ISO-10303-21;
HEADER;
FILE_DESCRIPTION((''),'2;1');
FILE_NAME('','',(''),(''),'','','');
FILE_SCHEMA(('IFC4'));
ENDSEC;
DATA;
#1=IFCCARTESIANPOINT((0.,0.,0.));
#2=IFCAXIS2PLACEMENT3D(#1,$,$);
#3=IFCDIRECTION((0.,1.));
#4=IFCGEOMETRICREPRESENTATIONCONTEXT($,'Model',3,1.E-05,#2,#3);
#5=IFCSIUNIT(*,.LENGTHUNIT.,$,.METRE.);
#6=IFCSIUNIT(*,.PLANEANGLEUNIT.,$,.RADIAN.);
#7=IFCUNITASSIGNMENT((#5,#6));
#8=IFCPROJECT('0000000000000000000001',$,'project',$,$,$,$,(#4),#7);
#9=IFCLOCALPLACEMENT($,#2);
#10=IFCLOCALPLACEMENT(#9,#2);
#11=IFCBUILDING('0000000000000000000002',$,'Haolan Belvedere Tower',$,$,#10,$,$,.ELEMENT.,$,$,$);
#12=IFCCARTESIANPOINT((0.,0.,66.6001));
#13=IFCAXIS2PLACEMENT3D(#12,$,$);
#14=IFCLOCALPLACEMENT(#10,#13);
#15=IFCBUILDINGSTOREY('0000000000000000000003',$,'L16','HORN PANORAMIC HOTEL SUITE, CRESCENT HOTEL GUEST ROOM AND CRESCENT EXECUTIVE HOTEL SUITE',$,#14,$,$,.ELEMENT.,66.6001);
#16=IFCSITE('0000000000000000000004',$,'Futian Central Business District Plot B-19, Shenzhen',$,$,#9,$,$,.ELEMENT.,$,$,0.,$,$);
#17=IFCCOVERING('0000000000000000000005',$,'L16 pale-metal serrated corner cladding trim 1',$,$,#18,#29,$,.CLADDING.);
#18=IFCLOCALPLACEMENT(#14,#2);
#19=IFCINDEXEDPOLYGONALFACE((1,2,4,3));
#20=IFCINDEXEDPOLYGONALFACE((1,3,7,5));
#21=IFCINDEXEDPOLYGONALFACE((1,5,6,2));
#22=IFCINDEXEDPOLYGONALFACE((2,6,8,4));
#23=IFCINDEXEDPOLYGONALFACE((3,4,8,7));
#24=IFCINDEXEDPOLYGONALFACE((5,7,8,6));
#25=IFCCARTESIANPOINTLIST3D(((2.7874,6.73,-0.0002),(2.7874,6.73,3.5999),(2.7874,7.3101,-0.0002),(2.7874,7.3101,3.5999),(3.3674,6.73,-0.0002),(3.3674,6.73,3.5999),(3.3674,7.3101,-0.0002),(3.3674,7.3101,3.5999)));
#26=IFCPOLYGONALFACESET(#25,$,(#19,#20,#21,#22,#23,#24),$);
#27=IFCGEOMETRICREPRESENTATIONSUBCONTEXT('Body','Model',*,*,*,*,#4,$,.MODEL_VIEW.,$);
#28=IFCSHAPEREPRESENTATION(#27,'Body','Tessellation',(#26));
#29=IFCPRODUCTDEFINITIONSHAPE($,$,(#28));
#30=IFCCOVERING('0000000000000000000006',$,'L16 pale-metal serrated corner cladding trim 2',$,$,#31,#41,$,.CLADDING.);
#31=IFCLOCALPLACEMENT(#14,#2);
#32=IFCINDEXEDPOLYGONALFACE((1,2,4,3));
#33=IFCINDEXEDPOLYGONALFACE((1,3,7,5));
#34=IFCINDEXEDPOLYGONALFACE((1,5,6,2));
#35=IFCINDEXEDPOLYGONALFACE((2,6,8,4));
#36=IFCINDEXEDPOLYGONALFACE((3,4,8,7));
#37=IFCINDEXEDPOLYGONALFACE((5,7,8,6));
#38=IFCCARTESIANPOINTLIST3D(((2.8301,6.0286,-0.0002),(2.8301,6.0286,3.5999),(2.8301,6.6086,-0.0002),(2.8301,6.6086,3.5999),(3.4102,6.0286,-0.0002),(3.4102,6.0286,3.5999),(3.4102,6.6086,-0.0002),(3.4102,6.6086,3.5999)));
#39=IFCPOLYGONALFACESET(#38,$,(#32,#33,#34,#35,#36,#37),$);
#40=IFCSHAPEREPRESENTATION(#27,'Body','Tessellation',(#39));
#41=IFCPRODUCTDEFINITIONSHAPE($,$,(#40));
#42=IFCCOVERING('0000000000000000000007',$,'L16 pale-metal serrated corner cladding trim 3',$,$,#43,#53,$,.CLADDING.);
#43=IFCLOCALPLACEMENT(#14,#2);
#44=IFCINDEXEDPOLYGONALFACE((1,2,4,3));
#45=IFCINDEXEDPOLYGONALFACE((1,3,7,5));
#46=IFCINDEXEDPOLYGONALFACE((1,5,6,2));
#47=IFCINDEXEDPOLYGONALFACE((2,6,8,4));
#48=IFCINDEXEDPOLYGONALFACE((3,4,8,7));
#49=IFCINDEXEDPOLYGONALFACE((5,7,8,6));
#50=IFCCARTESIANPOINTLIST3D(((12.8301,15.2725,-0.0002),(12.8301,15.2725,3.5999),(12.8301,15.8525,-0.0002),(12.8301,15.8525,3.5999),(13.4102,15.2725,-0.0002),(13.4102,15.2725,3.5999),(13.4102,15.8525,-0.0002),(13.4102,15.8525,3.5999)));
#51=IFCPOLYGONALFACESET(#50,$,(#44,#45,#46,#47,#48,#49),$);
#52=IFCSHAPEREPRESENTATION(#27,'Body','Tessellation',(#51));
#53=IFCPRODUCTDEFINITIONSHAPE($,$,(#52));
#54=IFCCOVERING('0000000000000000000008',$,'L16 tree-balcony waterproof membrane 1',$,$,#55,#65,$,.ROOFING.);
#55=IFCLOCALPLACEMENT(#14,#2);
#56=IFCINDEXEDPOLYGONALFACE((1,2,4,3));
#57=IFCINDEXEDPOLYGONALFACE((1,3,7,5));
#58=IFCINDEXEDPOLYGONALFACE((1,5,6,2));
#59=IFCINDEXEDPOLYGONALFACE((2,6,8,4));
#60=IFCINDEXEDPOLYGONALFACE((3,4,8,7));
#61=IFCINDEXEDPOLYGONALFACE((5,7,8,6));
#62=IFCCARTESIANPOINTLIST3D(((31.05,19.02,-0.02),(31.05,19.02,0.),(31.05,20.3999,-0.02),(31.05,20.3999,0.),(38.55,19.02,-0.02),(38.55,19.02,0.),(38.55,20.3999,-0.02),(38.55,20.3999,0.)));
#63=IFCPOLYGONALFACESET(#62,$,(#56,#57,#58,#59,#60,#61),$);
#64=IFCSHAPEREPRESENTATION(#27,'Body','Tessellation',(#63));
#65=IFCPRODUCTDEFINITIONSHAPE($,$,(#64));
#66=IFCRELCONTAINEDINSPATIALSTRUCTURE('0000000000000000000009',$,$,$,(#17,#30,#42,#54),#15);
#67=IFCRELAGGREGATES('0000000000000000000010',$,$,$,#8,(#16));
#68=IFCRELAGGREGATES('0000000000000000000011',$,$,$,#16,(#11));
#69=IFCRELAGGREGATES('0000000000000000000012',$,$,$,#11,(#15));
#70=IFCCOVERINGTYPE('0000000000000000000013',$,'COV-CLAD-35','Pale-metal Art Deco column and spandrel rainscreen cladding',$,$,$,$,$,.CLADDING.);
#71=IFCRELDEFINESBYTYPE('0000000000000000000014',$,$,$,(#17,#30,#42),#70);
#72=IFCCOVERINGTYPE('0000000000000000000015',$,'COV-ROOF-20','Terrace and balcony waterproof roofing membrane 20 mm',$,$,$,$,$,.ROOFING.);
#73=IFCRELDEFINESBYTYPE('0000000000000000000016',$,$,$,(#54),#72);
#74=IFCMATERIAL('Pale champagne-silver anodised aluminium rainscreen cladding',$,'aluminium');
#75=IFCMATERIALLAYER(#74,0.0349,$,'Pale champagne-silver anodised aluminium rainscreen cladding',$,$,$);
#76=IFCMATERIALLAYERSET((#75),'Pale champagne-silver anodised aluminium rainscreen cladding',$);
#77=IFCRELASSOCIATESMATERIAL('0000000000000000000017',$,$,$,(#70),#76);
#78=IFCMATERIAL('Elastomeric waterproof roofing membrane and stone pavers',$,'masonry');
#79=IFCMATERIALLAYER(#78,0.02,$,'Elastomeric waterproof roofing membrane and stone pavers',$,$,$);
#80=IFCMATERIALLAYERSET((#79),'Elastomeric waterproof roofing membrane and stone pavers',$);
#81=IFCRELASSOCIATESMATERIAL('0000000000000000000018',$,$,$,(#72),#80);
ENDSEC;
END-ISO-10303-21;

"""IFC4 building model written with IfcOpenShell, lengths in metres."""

from ifc_helpers import new_model, si_unit, direction, frame, origin, origin_2d, place, context, subcontext, project, spatial, polyline, rectangle, outline, extrude, material, layer, layer_set, type_object, element, save


model = new_model("IFC4")

# Units and contexts
model_context = context("Model", 3, precision=1e-05, world=origin(), true_north=direction((0.0, 1.0)))
body_context = subcontext(model_context, "Body", "Model", "MODEL_VIEW")
ifc_project = project(units=[si_unit("LENGTHUNIT", "METRE"), si_unit("PLANEANGLEUNIT", "RADIAN")], contexts=[model_context])

# Site, building, storey
site_placement = place(None, origin())
site = spatial("IfcSite", under=ifc_project, at=site_placement, Name="Futian Central Business District Plot B-19, Shenzhen", CompositionType="ELEMENT", RefElevation=0.0)
building_placement = place(site_placement, origin())
building = spatial("IfcBuilding", under=site, at=building_placement, Name="Haolan Belvedere Tower", CompositionType="ELEMENT")
storey_placement = place(building_placement, frame((0.0, 0.0, 66.6001)))
storey = spatial("IfcBuildingStorey", under=building, at=storey_placement, Name="L16", Description="HORN PANORAMIC HOTEL SUITE, CRESCENT HOTEL GUEST ROOM AND CRESCENT EXECUTIVE HOTEL SUITE", CompositionType="ELEMENT", Elevation=66.6001)

# Coverings
ifc_material_1 = material(Name="Pale champagne-silver anodised aluminium rainscreen cladding", Category="aluminium")
ifc_layer_1 = layer(ifc_material_1, 0.0349, Name="Pale champagne-silver anodised aluminium rainscreen cladding")
ifc_layer_set_1 = layer_set([ifc_layer_1], Name="Pale champagne-silver anodised aluminium rainscreen cladding")
covering_type_1 = type_object("IfcCoveringType", Name="COV-CLAD-35", Description="Pale-metal Art Deco column and spandrel rainscreen cladding", PredefinedType="CLADDING", material=ifc_layer_set_1)
for number, where, z_axis, x_axis, name in (
    (1, (3.0774, 7.02, -0.0002), (0.0, 0.0, 1.0), (1.0, 0.0, 0.0), "L16 pale-metal serrated corner cladding trim 1"),
    (2, (3.1201, 6.3186, -0.0002), (0.0, 0.0, 1.0), (1.0, 0.0, 0.0), "L16 pale-metal serrated corner cladding trim 2"),
    (3, (13.1201, 15.5625, -0.0002), (0.0, 0.0, 1.0), (1.0, 0.0, 0.0), "L16 pale-metal serrated corner cladding trim 3"),
):
    element("IfcCovering", number, at=place(storey_placement, frame(where, z_axis=z_axis, x_axis=x_axis)), inside=storey, type_object=covering_type_1, Name=name, PredefinedType="CLADDING", context=body_context, shape_type="SweptSolid", body=[
        extrude(rectangle(XDim=0.5801, YDim=0.5801, at=origin_2d()), origin(), (0.0, 0.0, 1.0), 3.6001),
    ])
ifc_material_2 = material(Name="Elastomeric waterproof roofing membrane and stone pavers", Category="masonry")
ifc_layer_2 = layer(ifc_material_2, 0.02, Name="Elastomeric waterproof roofing membrane and stone pavers")
ifc_layer_set_2 = layer_set([ifc_layer_2], Name="Elastomeric waterproof roofing membrane and stone pavers")
covering_type_2 = type_object("IfcCoveringType", Name="COV-ROOF-20", Description="Terrace and balcony waterproof roofing membrane 20 mm", PredefinedType="ROOFING", material=ifc_layer_set_2)
covering_placement = place(storey_placement, frame((0.0, 0.0, -0.02)))
element("IfcCovering", 4, at=covering_placement, inside=storey, type_object=covering_type_2, Name="L16 tree-balcony waterproof membrane 1", PredefinedType="ROOFING", context=body_context, shape_type="SweptSolid", body=[
    extrude(outline(polyline([(31.05, 19.02), (38.55, 19.02), (38.55, 20.3999), (31.05, 20.3999), (31.05, 19.02)])), origin(), (0.0, 0.0, 1.0), 0.02),
])

save(model, "model.ifc")
